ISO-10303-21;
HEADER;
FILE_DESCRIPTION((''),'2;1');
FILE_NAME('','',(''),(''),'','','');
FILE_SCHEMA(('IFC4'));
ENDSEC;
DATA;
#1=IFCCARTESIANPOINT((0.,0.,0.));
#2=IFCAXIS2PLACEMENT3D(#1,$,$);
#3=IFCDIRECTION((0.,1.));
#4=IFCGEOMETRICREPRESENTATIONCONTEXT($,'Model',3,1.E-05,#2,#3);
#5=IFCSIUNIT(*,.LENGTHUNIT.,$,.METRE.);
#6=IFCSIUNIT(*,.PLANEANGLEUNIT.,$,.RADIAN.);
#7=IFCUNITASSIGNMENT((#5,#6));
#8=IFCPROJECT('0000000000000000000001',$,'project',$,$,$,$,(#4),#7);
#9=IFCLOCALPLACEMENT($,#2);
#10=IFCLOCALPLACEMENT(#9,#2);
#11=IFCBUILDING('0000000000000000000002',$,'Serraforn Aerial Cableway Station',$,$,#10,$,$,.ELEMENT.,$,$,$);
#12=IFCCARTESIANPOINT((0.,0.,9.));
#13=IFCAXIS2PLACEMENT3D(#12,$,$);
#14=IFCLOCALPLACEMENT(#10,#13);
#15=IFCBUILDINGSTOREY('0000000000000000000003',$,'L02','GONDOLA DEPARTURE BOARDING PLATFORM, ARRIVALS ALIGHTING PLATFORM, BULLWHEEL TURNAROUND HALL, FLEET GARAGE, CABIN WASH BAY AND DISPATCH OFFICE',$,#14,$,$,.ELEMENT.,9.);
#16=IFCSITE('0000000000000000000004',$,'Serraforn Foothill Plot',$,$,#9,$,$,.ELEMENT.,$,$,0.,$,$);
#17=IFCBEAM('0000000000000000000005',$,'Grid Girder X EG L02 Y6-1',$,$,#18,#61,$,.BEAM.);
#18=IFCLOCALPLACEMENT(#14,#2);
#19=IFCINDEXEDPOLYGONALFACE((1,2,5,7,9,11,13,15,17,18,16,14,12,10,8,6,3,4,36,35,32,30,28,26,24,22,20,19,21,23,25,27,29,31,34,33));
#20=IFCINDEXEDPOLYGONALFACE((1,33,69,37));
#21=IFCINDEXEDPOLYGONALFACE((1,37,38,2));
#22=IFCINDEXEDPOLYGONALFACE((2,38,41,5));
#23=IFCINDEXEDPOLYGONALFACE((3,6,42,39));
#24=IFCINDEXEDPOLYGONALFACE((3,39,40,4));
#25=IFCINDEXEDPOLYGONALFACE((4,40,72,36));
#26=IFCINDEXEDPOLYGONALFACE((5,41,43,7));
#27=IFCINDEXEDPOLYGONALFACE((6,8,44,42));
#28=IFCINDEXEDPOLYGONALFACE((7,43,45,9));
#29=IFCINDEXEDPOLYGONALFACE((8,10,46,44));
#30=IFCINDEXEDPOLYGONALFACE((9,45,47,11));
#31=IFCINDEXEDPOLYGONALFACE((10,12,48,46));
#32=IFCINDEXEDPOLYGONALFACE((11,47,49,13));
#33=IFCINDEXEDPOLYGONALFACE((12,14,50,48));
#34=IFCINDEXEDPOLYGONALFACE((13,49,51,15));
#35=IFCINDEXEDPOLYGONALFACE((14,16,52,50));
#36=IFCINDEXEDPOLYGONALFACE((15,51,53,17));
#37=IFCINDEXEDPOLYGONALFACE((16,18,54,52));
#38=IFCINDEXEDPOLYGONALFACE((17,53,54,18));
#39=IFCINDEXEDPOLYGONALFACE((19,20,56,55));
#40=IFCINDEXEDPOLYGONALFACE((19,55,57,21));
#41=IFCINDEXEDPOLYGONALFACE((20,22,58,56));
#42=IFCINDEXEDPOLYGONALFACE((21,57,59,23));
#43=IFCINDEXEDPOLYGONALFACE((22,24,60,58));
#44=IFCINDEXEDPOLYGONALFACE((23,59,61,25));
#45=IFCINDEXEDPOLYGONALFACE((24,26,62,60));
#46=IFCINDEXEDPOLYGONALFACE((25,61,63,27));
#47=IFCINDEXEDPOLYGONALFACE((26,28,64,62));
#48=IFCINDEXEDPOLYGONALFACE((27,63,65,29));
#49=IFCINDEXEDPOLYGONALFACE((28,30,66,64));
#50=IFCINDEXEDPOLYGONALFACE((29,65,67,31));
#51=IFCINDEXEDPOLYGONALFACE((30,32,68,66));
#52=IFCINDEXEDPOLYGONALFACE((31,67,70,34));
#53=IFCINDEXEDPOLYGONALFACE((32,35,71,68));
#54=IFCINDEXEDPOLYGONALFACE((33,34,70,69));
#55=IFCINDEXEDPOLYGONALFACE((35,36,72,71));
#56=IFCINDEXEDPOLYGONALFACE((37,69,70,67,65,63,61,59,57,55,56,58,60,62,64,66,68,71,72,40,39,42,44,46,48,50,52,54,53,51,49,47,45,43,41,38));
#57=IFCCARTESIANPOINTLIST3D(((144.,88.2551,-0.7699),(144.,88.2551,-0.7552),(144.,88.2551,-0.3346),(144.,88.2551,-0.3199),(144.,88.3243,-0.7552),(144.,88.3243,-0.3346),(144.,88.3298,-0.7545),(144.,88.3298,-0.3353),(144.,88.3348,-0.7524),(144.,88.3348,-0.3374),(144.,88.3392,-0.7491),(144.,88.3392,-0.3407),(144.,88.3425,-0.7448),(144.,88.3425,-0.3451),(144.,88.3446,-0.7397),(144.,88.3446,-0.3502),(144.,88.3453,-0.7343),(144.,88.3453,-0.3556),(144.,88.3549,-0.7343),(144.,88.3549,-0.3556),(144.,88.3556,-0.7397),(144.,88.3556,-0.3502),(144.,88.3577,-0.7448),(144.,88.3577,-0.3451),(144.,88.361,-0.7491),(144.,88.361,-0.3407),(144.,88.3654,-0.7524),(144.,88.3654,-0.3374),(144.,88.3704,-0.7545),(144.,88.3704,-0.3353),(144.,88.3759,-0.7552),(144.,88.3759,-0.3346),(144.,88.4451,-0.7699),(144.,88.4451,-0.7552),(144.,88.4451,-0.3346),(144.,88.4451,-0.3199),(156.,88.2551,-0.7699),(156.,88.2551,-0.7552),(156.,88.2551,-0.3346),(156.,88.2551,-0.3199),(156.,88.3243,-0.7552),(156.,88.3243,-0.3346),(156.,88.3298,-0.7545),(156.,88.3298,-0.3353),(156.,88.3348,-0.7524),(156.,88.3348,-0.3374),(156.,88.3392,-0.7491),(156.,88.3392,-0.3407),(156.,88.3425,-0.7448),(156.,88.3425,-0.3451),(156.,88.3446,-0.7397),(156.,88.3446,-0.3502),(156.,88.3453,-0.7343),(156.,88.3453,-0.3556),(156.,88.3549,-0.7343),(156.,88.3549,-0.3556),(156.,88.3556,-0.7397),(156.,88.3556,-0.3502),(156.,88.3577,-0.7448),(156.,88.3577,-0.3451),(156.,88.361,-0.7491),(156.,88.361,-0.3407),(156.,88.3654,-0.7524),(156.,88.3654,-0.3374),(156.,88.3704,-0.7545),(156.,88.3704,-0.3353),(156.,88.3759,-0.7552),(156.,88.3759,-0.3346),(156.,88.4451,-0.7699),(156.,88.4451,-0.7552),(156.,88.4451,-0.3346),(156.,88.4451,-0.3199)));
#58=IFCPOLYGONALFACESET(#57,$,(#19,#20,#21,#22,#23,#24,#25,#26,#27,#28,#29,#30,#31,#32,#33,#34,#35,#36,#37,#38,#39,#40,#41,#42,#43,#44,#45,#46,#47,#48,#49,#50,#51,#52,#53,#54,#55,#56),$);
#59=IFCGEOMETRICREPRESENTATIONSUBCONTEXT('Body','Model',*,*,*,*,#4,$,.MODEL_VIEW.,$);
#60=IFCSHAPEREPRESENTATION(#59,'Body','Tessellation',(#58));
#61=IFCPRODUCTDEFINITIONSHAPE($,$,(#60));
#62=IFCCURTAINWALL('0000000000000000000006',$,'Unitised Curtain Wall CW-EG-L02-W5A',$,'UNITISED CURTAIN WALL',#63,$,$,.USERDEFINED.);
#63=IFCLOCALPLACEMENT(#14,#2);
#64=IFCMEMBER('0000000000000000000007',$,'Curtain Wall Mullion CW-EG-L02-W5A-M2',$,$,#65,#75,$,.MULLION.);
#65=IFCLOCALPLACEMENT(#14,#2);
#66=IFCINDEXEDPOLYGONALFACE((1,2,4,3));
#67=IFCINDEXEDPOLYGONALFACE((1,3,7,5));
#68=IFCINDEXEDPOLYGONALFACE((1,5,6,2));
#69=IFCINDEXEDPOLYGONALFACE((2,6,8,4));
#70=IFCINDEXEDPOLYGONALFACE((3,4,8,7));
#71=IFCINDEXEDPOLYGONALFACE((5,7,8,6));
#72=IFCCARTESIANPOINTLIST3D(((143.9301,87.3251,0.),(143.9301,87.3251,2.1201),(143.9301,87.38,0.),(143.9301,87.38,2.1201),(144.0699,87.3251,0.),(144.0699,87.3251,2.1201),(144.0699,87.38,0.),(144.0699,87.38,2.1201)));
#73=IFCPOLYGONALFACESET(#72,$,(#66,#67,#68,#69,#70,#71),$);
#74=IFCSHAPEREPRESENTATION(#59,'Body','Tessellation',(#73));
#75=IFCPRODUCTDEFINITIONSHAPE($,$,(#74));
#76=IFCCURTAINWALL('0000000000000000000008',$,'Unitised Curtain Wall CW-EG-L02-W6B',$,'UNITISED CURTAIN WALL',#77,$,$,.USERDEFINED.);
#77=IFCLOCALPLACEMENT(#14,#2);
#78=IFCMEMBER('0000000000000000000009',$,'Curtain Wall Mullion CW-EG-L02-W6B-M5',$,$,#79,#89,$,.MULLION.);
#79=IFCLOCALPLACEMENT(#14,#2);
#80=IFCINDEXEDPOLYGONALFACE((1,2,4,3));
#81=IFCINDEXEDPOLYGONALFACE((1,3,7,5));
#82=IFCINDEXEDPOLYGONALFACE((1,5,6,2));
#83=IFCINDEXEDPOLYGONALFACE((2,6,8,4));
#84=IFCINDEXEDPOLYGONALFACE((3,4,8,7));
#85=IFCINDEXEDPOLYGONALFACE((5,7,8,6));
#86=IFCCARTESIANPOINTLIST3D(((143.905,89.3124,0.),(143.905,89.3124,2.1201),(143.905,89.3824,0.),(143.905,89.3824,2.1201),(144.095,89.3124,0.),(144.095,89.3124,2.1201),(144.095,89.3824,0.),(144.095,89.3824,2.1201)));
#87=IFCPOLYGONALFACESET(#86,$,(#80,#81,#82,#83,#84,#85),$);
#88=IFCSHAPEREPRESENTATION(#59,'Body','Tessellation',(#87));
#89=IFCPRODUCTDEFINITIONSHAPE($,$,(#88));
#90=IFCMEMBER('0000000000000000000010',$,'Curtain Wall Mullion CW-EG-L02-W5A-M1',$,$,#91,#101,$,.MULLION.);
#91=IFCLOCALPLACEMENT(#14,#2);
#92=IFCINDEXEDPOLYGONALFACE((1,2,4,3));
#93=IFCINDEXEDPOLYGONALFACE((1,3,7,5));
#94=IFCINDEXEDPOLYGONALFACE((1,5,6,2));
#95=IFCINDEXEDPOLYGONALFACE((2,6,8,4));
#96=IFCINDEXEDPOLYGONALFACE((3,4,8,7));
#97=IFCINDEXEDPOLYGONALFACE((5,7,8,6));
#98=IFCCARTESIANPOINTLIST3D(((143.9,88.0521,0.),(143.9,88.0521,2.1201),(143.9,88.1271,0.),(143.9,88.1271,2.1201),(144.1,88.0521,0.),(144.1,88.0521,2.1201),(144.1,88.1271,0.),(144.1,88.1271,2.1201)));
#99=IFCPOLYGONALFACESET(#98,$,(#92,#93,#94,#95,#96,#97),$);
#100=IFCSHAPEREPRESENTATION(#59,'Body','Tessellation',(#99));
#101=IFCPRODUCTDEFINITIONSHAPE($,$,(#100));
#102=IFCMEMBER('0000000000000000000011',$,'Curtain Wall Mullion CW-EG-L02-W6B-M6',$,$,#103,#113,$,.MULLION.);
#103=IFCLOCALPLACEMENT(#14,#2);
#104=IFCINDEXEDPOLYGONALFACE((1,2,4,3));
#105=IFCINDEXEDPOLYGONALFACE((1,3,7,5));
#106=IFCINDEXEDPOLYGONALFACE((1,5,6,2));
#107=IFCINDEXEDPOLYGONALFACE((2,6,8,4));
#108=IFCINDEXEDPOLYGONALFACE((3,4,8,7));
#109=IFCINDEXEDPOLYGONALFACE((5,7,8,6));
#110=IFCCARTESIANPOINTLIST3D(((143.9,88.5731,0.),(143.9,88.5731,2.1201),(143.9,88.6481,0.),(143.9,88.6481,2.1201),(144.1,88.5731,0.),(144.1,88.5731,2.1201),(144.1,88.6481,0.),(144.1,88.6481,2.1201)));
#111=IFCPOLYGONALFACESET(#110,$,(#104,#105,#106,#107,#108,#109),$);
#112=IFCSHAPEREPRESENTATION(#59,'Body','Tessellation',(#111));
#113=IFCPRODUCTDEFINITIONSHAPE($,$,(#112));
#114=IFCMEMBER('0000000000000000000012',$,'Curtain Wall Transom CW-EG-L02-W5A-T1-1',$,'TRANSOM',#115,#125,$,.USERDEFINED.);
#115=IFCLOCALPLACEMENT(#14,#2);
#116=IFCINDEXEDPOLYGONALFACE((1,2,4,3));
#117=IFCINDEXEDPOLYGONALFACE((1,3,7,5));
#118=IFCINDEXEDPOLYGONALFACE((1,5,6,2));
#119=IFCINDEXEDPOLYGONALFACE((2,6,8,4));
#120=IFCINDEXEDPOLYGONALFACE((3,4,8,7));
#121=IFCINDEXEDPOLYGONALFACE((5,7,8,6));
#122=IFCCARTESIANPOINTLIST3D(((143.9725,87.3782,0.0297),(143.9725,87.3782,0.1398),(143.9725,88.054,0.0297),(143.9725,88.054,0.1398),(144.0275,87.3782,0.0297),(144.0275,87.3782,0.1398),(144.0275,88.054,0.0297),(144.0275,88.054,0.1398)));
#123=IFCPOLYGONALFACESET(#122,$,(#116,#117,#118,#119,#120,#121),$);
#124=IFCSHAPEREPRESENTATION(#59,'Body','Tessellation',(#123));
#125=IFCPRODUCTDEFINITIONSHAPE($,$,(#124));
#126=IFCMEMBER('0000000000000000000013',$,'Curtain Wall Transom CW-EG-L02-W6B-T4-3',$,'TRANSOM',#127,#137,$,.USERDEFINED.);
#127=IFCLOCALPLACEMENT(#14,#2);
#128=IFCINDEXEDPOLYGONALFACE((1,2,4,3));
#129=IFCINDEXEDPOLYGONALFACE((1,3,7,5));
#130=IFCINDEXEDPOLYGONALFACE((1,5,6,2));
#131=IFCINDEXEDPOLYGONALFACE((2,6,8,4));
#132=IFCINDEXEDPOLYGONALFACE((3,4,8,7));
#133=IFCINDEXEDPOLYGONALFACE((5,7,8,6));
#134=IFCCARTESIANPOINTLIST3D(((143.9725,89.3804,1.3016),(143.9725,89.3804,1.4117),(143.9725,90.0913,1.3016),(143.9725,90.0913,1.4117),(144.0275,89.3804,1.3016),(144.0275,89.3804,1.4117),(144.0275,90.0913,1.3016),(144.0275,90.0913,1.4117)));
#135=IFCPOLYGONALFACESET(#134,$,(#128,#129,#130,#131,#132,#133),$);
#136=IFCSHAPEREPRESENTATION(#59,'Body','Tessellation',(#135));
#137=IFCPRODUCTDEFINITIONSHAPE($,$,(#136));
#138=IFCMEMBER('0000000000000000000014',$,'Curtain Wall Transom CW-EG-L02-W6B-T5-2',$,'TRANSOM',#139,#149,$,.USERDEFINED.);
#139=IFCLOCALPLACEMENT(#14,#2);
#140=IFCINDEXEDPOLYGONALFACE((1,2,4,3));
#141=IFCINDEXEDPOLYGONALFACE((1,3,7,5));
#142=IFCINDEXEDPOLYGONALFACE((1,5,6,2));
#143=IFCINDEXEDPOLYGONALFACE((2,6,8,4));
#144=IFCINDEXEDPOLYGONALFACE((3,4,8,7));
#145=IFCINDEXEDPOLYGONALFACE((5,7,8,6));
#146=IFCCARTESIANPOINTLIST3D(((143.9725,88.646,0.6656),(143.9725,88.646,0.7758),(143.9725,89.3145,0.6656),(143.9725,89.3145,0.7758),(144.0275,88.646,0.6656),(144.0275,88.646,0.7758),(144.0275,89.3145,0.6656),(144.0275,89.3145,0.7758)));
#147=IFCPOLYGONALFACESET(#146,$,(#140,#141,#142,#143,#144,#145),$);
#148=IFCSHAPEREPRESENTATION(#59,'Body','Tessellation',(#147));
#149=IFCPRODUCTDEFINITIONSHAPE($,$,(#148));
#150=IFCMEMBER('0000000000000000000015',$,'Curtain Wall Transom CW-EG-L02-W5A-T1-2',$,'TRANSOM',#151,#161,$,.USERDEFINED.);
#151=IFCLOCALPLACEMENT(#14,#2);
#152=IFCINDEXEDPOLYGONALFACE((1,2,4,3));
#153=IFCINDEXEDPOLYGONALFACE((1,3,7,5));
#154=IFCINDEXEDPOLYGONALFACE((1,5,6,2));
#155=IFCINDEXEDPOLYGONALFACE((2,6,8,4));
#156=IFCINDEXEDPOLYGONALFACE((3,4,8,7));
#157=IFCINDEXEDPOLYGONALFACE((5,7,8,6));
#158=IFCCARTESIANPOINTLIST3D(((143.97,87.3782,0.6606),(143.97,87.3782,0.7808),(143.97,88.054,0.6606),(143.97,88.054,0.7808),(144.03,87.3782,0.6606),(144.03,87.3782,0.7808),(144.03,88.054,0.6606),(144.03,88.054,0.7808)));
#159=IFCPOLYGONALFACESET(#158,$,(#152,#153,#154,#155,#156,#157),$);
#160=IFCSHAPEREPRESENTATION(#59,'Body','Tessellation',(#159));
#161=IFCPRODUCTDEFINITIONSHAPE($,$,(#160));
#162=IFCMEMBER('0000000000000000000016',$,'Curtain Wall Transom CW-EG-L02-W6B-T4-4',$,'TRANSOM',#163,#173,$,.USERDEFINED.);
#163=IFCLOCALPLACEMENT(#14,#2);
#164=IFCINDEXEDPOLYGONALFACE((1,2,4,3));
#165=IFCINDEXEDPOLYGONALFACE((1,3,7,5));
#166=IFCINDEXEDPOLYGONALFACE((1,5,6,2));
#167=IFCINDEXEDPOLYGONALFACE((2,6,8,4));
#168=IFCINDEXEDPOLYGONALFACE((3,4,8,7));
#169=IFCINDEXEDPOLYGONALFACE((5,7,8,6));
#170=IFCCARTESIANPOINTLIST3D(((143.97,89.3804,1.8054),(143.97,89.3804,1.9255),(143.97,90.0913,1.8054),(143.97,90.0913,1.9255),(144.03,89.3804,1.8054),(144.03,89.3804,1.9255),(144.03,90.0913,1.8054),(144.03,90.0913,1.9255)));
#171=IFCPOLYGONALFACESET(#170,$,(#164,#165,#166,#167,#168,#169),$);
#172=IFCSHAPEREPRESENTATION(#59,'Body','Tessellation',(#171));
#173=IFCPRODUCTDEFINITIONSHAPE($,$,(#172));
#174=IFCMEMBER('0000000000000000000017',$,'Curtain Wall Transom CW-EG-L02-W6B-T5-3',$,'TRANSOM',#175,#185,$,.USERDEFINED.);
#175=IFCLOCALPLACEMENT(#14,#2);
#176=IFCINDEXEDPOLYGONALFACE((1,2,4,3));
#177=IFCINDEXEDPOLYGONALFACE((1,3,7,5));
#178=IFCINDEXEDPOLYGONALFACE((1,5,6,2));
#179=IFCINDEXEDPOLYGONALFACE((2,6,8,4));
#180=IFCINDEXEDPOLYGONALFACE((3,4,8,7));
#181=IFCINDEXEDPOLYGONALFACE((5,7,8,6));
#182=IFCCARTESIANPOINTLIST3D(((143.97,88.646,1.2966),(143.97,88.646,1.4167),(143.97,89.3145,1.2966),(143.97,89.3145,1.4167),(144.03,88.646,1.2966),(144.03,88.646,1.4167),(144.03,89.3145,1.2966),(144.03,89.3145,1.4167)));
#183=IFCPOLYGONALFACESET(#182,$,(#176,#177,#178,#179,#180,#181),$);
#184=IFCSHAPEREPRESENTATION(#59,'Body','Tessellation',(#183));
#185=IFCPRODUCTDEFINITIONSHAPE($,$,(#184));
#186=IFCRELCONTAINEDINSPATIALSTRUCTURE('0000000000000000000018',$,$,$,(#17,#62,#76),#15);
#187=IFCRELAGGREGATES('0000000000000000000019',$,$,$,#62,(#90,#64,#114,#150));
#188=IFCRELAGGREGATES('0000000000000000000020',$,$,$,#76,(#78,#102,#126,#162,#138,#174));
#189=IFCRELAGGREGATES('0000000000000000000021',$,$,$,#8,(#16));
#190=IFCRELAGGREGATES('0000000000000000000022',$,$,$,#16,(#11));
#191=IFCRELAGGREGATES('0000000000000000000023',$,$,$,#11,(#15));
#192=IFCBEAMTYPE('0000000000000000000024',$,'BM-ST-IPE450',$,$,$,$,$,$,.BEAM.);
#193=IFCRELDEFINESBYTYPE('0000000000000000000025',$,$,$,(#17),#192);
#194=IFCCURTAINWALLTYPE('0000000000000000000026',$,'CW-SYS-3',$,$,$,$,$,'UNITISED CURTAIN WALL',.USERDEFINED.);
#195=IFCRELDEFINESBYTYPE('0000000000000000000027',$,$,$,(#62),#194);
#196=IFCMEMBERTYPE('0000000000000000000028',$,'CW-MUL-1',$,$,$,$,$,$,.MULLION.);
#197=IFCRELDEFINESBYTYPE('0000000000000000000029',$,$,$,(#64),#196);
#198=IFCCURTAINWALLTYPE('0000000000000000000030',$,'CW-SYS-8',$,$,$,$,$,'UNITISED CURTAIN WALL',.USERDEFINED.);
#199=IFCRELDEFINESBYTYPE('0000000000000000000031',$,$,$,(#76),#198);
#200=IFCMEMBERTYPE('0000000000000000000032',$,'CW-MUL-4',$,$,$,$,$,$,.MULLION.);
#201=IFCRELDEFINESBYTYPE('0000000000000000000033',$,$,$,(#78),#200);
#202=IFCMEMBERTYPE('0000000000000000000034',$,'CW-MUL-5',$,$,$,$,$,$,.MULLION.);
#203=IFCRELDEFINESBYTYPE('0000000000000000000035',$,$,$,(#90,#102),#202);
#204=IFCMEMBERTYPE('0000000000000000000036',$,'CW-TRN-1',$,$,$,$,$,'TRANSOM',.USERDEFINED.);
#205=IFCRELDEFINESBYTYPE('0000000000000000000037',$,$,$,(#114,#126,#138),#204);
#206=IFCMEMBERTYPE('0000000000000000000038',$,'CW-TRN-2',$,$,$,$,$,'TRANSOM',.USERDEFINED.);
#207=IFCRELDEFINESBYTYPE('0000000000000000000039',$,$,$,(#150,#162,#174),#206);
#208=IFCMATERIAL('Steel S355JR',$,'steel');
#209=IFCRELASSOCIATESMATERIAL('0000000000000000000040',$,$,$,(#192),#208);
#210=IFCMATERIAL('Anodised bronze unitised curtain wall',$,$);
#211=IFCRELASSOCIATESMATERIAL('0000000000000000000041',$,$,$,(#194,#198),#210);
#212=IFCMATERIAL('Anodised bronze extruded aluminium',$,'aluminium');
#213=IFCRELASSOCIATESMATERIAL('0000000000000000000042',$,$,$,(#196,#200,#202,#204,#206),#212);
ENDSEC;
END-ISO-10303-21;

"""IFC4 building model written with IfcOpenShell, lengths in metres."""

from ifc_helpers import new_model, si_unit, direction, frame, origin, origin_2d, place, context, subcontext, project, spatial, rectangle, i_section, extrude, material, material_profile, profile_set, type_object, element, aggregate, save


model = new_model("IFC4")

# Units and contexts
model_context = context("Model", 3, precision=1e-05, world=origin(), true_north=direction((0.0, 1.0)))
body_context = subcontext(model_context, "Body", "Model", "MODEL_VIEW")
ifc_project = project(units=[si_unit("LENGTHUNIT", "METRE"), si_unit("PLANEANGLEUNIT", "RADIAN")], contexts=[model_context])

# Site, building, storey
site_placement = place(None, origin())
site = spatial("IfcSite", under=ifc_project, at=site_placement, Name="Serraforn Foothill Plot", CompositionType="ELEMENT", RefElevation=0.0)
building_placement = place(site_placement, origin())
building = spatial("IfcBuilding", under=site, at=building_placement, Name="Serraforn Aerial Cableway Station", CompositionType="ELEMENT")
storey_placement = place(building_placement, frame((0.0, 0.0, 9.0)))
storey = spatial("IfcBuildingStorey", under=building, at=storey_placement, Name="L02", Description="GONDOLA DEPARTURE BOARDING PLATFORM, ARRIVALS ALIGHTING PLATFORM, BULLWHEEL TURNAROUND HALL, FLEET GARAGE, CABIN WASH BAY AND DISPATCH OFFICE", CompositionType="ELEMENT", Elevation=9.0)

# Beam
ifc_material_1 = material(Name="Steel S355JR", Category="steel")
ifc_material_profile_1 = material_profile(ifc_material_1, i_section(OverallWidth=0.1899, OverallDepth=0.45, WebThickness=0.0095, FlangeThickness=0.0146, FilletRadius=0.021, at=origin_2d()), Name="IPE 450")
ifc_profile_set_1 = profile_set([ifc_material_profile_1], Name="Steel S355JR")
beam_type_1 = type_object("IfcBeamType", Name="BM-ST-IPE450", PredefinedType="BEAM", material=ifc_profile_set_1)
beam_1_placement = place(storey_placement, frame((144.0, 88.3501, -0.5449), z_axis=(1.0, 0.0, 0.0), x_axis=(0.0, 1.0, 0.0)))
element("IfcBeam", 1, at=beam_1_placement, inside=storey, type_object=beam_type_1, Name="Grid Girder X EG L02 Y6-1", PredefinedType="BEAM", context=body_context, shape_type="SweptSolid", body=[
    extrude(i_section(OverallWidth=0.1899, OverallDepth=0.45, WebThickness=0.0095, FlangeThickness=0.0146, FilletRadius=0.021, at=origin_2d()), origin(), (0.0, 0.0, 1.0), 12.0),
])

# Curtain walls, members
ifc_material_2 = material(Name="Anodised bronze unitised curtain wall")
curtain_wall_type_1 = type_object("IfcCurtainWallType", Name="CW-SYS-3", ElementType="UNITISED CURTAIN WALL", PredefinedType="USERDEFINED", material=ifc_material_2)
curtain_wall_1_placement = place(storey_placement, origin())
curtain_wall_1 = element("IfcCurtainWall", 2, at=curtain_wall_1_placement, inside=storey, type_object=curtain_wall_type_1, Name="Unitised Curtain Wall CW-EG-L02-W5A", ObjectType="UNITISED CURTAIN WALL", PredefinedType="USERDEFINED")
ifc_material_3 = material(Name="Anodised bronze extruded aluminium", Category="aluminium")
ifc_material_profile_2 = material_profile(ifc_material_3, rectangle(XDim=0.0549, YDim=0.1399, at=origin_2d()), Name="CW MULLION 55x140")
ifc_profile_set_2 = profile_set([ifc_material_profile_2], Name="Anodised bronze extruded aluminium")
member_type_1 = type_object("IfcMemberType", Name="CW-MUL-1", PredefinedType="MULLION", material=ifc_profile_set_2)
member_1_placement = place(storey_placement, frame((144.0, 87.3525, 0.0), z_axis=(0.0, 0.0, 1.0), x_axis=(0.0, -1.0, 0.0)))
member_1 = element("IfcMember", 3, at=member_1_placement, type_object=member_type_1, Name="Curtain Wall Mullion CW-EG-L02-W5A-M2", PredefinedType="MULLION", context=body_context, shape_type="SweptSolid", body=[
    extrude(rectangle(XDim=0.0549, YDim=0.1399, at=origin_2d()), origin(), (0.0, 0.0, 1.0), 2.1201),
])
curtain_wall_type_2 = type_object("IfcCurtainWallType", Name="CW-SYS-8", ElementType="UNITISED CURTAIN WALL", PredefinedType="USERDEFINED", material=ifc_material_2)
curtain_wall_2_placement = place(storey_placement, origin())
curtain_wall_2 = element("IfcCurtainWall", 4, at=curtain_wall_2_placement, inside=storey, type_object=curtain_wall_type_2, Name="Unitised Curtain Wall CW-EG-L02-W6B", ObjectType="UNITISED CURTAIN WALL", PredefinedType="USERDEFINED")
ifc_material_profile_3 = material_profile(ifc_material_3, rectangle(XDim=0.0701, YDim=0.1899, at=origin_2d()), Name="CW MULLION 70x190")
ifc_profile_set_3 = profile_set([ifc_material_profile_3], Name="Anodised bronze extruded aluminium")
member_type_2 = type_object("IfcMemberType", Name="CW-MUL-4", PredefinedType="MULLION", material=ifc_profile_set_3)
member_2_placement = place(storey_placement, frame((144.0, 89.3474, 0.0), z_axis=(0.0, 0.0, 1.0), x_axis=(0.0, -1.0, 0.0)))
member_2 = element("IfcMember", 5, at=member_2_placement, type_object=member_type_2, Name="Curtain Wall Mullion CW-EG-L02-W6B-M5", PredefinedType="MULLION", context=body_context, shape_type="SweptSolid", body=[
    extrude(rectangle(XDim=0.0701, YDim=0.1899, at=origin_2d()), origin(), (0.0, 0.0, 1.0), 2.1201),
])

# Members
ifc_material_profile_4 = material_profile(ifc_material_3, rectangle(XDim=0.075, YDim=0.2, at=origin_2d()), Name="CW MULLION 75x200")
ifc_profile_set_4 = profile_set([ifc_material_profile_4], Name="Anodised bronze extruded aluminium")
member_type_3 = type_object("IfcMemberType", Name="CW-MUL-5", PredefinedType="MULLION", material=ifc_profile_set_4)
member_3_placement = place(storey_placement, frame((144.0, 88.0896, 0.0), z_axis=(0.0, 0.0, 1.0), x_axis=(0.0, -1.0, 0.0)))
member_3 = element("IfcMember", 6, at=member_3_placement, type_object=member_type_3, Name="Curtain Wall Mullion CW-EG-L02-W5A-M1", PredefinedType="MULLION", context=body_context, shape_type="SweptSolid", body=[
    extrude(rectangle(XDim=0.075, YDim=0.2, at=origin_2d()), origin(), (0.0, 0.0, 1.0), 2.1201),
])
member_4_placement = place(storey_placement, frame((144.0, 88.6106, 0.0), z_axis=(0.0, 0.0, 1.0), x_axis=(0.0, -1.0, 0.0)))
member_4 = element("IfcMember", 7, at=member_4_placement, type_object=member_type_3, Name="Curtain Wall Mullion CW-EG-L02-W6B-M6", PredefinedType="MULLION", context=body_context, shape_type="SweptSolid", body=[
    extrude(rectangle(XDim=0.075, YDim=0.2, at=origin_2d()), origin(), (0.0, 0.0, 1.0), 2.1201),
])
ifc_material_profile_5 = material_profile(ifc_material_3, rectangle(XDim=0.0549, YDim=0.1101, at=origin_2d()), Name="CW TRANSOM 55x110")
ifc_profile_set_5 = profile_set([ifc_material_profile_5], Name="Anodised bronze extruded aluminium")
member_type_4 = type_object("IfcMemberType", Name="CW-TRN-1", ElementType="TRANSOM", PredefinedType="USERDEFINED", material=ifc_profile_set_5)
member_5_placement = place(storey_placement, frame((144.0, 88.054, 0.0847), z_axis=(0.0, -1.0, 0.0), x_axis=(1.0, 0.0, 0.0)))
member_5 = element("IfcMember", 8, at=member_5_placement, type_object=member_type_4, Name="Curtain Wall Transom CW-EG-L02-W5A-T1-1", ObjectType="TRANSOM", PredefinedType="USERDEFINED", context=body_context, shape_type="SweptSolid", body=[
    extrude(rectangle(XDim=0.0549, YDim=0.1101, at=origin_2d()), origin(), (0.0, 0.0, 1.0), 0.6758),
])
member_6_placement = place(storey_placement, frame((144.0, 90.0913, 1.3567), z_axis=(0.0, -1.0, 0.0), x_axis=(1.0, 0.0, 0.0)))
member_6 = element("IfcMember", 9, at=member_6_placement, type_object=member_type_4, Name="Curtain Wall Transom CW-EG-L02-W6B-T4-3", ObjectType="TRANSOM", PredefinedType="USERDEFINED", context=body_context, shape_type="SweptSolid", body=[
    extrude(rectangle(XDim=0.0549, YDim=0.1101, at=origin_2d()), origin(), (0.0, 0.0, 1.0), 0.7109),
])
member_7_placement = place(storey_placement, frame((144.0, 89.3145, 0.7207), z_axis=(0.0, -1.0, 0.0), x_axis=(1.0, 0.0, 0.0)))
member_7 = element("IfcMember", 10, at=member_7_placement, type_object=member_type_4, Name="Curtain Wall Transom CW-EG-L02-W6B-T5-2", ObjectType="TRANSOM", PredefinedType="USERDEFINED", context=body_context, shape_type="SweptSolid", body=[
    extrude(rectangle(XDim=0.0549, YDim=0.1101, at=origin_2d()), origin(), (0.0, 0.0, 1.0), 0.6685),
])
ifc_material_profile_6 = material_profile(ifc_material_3, rectangle(XDim=0.0601, YDim=0.1201, at=origin_2d()), Name="CW TRANSOM 60x120")
ifc_profile_set_6 = profile_set([ifc_material_profile_6], Name="Anodised bronze extruded aluminium")
member_type_5 = type_object("IfcMemberType", Name="CW-TRN-2", ElementType="TRANSOM", PredefinedType="USERDEFINED", material=ifc_profile_set_6)
member_8_placement = place(storey_placement, frame((144.0, 88.054, 0.7207), z_axis=(0.0, -1.0, 0.0), x_axis=(1.0, 0.0, 0.0)))
member_8 = element("IfcMember", 11, at=member_8_placement, type_object=member_type_5, Name="Curtain Wall Transom CW-EG-L02-W5A-T1-2", ObjectType="TRANSOM", PredefinedType="USERDEFINED", context=body_context, shape_type="SweptSolid", body=[
    extrude(rectangle(XDim=0.0601, YDim=0.1201, at=origin_2d()), origin(), (0.0, 0.0, 1.0), 0.6758),
])
member_9_placement = place(storey_placement, frame((144.0, 90.0913, 1.8655), z_axis=(0.0, -1.0, 0.0), x_axis=(1.0, 0.0, 0.0)))
member_9 = element("IfcMember", 12, at=member_9_placement, type_object=member_type_5, Name="Curtain Wall Transom CW-EG-L02-W6B-T4-4", ObjectType="TRANSOM", PredefinedType="USERDEFINED", context=body_context, shape_type="SweptSolid", body=[
    extrude(rectangle(XDim=0.0601, YDim=0.1201, at=origin_2d()), origin(), (0.0, 0.0, 1.0), 0.7109),
])
member_10_placement = place(storey_placement, frame((144.0, 89.3145, 1.3567), z_axis=(0.0, -1.0, 0.0), x_axis=(1.0, 0.0, 0.0)))
member_10 = element("IfcMember", 13, at=member_10_placement, type_object=member_type_5, Name="Curtain Wall Transom CW-EG-L02-W6B-T5-3", ObjectType="TRANSOM", PredefinedType="USERDEFINED", context=body_context, shape_type="SweptSolid", body=[
    extrude(rectangle(XDim=0.0601, YDim=0.1201, at=origin_2d()), origin(), (0.0, 0.0, 1.0), 0.6685),
])

aggregate(curtain_wall_1, [member_3, member_1, member_5, member_8])
aggregate(curtain_wall_2, [member_2, member_4, member_6, member_9, member_7, member_10])

save(model, "model.ifc")
